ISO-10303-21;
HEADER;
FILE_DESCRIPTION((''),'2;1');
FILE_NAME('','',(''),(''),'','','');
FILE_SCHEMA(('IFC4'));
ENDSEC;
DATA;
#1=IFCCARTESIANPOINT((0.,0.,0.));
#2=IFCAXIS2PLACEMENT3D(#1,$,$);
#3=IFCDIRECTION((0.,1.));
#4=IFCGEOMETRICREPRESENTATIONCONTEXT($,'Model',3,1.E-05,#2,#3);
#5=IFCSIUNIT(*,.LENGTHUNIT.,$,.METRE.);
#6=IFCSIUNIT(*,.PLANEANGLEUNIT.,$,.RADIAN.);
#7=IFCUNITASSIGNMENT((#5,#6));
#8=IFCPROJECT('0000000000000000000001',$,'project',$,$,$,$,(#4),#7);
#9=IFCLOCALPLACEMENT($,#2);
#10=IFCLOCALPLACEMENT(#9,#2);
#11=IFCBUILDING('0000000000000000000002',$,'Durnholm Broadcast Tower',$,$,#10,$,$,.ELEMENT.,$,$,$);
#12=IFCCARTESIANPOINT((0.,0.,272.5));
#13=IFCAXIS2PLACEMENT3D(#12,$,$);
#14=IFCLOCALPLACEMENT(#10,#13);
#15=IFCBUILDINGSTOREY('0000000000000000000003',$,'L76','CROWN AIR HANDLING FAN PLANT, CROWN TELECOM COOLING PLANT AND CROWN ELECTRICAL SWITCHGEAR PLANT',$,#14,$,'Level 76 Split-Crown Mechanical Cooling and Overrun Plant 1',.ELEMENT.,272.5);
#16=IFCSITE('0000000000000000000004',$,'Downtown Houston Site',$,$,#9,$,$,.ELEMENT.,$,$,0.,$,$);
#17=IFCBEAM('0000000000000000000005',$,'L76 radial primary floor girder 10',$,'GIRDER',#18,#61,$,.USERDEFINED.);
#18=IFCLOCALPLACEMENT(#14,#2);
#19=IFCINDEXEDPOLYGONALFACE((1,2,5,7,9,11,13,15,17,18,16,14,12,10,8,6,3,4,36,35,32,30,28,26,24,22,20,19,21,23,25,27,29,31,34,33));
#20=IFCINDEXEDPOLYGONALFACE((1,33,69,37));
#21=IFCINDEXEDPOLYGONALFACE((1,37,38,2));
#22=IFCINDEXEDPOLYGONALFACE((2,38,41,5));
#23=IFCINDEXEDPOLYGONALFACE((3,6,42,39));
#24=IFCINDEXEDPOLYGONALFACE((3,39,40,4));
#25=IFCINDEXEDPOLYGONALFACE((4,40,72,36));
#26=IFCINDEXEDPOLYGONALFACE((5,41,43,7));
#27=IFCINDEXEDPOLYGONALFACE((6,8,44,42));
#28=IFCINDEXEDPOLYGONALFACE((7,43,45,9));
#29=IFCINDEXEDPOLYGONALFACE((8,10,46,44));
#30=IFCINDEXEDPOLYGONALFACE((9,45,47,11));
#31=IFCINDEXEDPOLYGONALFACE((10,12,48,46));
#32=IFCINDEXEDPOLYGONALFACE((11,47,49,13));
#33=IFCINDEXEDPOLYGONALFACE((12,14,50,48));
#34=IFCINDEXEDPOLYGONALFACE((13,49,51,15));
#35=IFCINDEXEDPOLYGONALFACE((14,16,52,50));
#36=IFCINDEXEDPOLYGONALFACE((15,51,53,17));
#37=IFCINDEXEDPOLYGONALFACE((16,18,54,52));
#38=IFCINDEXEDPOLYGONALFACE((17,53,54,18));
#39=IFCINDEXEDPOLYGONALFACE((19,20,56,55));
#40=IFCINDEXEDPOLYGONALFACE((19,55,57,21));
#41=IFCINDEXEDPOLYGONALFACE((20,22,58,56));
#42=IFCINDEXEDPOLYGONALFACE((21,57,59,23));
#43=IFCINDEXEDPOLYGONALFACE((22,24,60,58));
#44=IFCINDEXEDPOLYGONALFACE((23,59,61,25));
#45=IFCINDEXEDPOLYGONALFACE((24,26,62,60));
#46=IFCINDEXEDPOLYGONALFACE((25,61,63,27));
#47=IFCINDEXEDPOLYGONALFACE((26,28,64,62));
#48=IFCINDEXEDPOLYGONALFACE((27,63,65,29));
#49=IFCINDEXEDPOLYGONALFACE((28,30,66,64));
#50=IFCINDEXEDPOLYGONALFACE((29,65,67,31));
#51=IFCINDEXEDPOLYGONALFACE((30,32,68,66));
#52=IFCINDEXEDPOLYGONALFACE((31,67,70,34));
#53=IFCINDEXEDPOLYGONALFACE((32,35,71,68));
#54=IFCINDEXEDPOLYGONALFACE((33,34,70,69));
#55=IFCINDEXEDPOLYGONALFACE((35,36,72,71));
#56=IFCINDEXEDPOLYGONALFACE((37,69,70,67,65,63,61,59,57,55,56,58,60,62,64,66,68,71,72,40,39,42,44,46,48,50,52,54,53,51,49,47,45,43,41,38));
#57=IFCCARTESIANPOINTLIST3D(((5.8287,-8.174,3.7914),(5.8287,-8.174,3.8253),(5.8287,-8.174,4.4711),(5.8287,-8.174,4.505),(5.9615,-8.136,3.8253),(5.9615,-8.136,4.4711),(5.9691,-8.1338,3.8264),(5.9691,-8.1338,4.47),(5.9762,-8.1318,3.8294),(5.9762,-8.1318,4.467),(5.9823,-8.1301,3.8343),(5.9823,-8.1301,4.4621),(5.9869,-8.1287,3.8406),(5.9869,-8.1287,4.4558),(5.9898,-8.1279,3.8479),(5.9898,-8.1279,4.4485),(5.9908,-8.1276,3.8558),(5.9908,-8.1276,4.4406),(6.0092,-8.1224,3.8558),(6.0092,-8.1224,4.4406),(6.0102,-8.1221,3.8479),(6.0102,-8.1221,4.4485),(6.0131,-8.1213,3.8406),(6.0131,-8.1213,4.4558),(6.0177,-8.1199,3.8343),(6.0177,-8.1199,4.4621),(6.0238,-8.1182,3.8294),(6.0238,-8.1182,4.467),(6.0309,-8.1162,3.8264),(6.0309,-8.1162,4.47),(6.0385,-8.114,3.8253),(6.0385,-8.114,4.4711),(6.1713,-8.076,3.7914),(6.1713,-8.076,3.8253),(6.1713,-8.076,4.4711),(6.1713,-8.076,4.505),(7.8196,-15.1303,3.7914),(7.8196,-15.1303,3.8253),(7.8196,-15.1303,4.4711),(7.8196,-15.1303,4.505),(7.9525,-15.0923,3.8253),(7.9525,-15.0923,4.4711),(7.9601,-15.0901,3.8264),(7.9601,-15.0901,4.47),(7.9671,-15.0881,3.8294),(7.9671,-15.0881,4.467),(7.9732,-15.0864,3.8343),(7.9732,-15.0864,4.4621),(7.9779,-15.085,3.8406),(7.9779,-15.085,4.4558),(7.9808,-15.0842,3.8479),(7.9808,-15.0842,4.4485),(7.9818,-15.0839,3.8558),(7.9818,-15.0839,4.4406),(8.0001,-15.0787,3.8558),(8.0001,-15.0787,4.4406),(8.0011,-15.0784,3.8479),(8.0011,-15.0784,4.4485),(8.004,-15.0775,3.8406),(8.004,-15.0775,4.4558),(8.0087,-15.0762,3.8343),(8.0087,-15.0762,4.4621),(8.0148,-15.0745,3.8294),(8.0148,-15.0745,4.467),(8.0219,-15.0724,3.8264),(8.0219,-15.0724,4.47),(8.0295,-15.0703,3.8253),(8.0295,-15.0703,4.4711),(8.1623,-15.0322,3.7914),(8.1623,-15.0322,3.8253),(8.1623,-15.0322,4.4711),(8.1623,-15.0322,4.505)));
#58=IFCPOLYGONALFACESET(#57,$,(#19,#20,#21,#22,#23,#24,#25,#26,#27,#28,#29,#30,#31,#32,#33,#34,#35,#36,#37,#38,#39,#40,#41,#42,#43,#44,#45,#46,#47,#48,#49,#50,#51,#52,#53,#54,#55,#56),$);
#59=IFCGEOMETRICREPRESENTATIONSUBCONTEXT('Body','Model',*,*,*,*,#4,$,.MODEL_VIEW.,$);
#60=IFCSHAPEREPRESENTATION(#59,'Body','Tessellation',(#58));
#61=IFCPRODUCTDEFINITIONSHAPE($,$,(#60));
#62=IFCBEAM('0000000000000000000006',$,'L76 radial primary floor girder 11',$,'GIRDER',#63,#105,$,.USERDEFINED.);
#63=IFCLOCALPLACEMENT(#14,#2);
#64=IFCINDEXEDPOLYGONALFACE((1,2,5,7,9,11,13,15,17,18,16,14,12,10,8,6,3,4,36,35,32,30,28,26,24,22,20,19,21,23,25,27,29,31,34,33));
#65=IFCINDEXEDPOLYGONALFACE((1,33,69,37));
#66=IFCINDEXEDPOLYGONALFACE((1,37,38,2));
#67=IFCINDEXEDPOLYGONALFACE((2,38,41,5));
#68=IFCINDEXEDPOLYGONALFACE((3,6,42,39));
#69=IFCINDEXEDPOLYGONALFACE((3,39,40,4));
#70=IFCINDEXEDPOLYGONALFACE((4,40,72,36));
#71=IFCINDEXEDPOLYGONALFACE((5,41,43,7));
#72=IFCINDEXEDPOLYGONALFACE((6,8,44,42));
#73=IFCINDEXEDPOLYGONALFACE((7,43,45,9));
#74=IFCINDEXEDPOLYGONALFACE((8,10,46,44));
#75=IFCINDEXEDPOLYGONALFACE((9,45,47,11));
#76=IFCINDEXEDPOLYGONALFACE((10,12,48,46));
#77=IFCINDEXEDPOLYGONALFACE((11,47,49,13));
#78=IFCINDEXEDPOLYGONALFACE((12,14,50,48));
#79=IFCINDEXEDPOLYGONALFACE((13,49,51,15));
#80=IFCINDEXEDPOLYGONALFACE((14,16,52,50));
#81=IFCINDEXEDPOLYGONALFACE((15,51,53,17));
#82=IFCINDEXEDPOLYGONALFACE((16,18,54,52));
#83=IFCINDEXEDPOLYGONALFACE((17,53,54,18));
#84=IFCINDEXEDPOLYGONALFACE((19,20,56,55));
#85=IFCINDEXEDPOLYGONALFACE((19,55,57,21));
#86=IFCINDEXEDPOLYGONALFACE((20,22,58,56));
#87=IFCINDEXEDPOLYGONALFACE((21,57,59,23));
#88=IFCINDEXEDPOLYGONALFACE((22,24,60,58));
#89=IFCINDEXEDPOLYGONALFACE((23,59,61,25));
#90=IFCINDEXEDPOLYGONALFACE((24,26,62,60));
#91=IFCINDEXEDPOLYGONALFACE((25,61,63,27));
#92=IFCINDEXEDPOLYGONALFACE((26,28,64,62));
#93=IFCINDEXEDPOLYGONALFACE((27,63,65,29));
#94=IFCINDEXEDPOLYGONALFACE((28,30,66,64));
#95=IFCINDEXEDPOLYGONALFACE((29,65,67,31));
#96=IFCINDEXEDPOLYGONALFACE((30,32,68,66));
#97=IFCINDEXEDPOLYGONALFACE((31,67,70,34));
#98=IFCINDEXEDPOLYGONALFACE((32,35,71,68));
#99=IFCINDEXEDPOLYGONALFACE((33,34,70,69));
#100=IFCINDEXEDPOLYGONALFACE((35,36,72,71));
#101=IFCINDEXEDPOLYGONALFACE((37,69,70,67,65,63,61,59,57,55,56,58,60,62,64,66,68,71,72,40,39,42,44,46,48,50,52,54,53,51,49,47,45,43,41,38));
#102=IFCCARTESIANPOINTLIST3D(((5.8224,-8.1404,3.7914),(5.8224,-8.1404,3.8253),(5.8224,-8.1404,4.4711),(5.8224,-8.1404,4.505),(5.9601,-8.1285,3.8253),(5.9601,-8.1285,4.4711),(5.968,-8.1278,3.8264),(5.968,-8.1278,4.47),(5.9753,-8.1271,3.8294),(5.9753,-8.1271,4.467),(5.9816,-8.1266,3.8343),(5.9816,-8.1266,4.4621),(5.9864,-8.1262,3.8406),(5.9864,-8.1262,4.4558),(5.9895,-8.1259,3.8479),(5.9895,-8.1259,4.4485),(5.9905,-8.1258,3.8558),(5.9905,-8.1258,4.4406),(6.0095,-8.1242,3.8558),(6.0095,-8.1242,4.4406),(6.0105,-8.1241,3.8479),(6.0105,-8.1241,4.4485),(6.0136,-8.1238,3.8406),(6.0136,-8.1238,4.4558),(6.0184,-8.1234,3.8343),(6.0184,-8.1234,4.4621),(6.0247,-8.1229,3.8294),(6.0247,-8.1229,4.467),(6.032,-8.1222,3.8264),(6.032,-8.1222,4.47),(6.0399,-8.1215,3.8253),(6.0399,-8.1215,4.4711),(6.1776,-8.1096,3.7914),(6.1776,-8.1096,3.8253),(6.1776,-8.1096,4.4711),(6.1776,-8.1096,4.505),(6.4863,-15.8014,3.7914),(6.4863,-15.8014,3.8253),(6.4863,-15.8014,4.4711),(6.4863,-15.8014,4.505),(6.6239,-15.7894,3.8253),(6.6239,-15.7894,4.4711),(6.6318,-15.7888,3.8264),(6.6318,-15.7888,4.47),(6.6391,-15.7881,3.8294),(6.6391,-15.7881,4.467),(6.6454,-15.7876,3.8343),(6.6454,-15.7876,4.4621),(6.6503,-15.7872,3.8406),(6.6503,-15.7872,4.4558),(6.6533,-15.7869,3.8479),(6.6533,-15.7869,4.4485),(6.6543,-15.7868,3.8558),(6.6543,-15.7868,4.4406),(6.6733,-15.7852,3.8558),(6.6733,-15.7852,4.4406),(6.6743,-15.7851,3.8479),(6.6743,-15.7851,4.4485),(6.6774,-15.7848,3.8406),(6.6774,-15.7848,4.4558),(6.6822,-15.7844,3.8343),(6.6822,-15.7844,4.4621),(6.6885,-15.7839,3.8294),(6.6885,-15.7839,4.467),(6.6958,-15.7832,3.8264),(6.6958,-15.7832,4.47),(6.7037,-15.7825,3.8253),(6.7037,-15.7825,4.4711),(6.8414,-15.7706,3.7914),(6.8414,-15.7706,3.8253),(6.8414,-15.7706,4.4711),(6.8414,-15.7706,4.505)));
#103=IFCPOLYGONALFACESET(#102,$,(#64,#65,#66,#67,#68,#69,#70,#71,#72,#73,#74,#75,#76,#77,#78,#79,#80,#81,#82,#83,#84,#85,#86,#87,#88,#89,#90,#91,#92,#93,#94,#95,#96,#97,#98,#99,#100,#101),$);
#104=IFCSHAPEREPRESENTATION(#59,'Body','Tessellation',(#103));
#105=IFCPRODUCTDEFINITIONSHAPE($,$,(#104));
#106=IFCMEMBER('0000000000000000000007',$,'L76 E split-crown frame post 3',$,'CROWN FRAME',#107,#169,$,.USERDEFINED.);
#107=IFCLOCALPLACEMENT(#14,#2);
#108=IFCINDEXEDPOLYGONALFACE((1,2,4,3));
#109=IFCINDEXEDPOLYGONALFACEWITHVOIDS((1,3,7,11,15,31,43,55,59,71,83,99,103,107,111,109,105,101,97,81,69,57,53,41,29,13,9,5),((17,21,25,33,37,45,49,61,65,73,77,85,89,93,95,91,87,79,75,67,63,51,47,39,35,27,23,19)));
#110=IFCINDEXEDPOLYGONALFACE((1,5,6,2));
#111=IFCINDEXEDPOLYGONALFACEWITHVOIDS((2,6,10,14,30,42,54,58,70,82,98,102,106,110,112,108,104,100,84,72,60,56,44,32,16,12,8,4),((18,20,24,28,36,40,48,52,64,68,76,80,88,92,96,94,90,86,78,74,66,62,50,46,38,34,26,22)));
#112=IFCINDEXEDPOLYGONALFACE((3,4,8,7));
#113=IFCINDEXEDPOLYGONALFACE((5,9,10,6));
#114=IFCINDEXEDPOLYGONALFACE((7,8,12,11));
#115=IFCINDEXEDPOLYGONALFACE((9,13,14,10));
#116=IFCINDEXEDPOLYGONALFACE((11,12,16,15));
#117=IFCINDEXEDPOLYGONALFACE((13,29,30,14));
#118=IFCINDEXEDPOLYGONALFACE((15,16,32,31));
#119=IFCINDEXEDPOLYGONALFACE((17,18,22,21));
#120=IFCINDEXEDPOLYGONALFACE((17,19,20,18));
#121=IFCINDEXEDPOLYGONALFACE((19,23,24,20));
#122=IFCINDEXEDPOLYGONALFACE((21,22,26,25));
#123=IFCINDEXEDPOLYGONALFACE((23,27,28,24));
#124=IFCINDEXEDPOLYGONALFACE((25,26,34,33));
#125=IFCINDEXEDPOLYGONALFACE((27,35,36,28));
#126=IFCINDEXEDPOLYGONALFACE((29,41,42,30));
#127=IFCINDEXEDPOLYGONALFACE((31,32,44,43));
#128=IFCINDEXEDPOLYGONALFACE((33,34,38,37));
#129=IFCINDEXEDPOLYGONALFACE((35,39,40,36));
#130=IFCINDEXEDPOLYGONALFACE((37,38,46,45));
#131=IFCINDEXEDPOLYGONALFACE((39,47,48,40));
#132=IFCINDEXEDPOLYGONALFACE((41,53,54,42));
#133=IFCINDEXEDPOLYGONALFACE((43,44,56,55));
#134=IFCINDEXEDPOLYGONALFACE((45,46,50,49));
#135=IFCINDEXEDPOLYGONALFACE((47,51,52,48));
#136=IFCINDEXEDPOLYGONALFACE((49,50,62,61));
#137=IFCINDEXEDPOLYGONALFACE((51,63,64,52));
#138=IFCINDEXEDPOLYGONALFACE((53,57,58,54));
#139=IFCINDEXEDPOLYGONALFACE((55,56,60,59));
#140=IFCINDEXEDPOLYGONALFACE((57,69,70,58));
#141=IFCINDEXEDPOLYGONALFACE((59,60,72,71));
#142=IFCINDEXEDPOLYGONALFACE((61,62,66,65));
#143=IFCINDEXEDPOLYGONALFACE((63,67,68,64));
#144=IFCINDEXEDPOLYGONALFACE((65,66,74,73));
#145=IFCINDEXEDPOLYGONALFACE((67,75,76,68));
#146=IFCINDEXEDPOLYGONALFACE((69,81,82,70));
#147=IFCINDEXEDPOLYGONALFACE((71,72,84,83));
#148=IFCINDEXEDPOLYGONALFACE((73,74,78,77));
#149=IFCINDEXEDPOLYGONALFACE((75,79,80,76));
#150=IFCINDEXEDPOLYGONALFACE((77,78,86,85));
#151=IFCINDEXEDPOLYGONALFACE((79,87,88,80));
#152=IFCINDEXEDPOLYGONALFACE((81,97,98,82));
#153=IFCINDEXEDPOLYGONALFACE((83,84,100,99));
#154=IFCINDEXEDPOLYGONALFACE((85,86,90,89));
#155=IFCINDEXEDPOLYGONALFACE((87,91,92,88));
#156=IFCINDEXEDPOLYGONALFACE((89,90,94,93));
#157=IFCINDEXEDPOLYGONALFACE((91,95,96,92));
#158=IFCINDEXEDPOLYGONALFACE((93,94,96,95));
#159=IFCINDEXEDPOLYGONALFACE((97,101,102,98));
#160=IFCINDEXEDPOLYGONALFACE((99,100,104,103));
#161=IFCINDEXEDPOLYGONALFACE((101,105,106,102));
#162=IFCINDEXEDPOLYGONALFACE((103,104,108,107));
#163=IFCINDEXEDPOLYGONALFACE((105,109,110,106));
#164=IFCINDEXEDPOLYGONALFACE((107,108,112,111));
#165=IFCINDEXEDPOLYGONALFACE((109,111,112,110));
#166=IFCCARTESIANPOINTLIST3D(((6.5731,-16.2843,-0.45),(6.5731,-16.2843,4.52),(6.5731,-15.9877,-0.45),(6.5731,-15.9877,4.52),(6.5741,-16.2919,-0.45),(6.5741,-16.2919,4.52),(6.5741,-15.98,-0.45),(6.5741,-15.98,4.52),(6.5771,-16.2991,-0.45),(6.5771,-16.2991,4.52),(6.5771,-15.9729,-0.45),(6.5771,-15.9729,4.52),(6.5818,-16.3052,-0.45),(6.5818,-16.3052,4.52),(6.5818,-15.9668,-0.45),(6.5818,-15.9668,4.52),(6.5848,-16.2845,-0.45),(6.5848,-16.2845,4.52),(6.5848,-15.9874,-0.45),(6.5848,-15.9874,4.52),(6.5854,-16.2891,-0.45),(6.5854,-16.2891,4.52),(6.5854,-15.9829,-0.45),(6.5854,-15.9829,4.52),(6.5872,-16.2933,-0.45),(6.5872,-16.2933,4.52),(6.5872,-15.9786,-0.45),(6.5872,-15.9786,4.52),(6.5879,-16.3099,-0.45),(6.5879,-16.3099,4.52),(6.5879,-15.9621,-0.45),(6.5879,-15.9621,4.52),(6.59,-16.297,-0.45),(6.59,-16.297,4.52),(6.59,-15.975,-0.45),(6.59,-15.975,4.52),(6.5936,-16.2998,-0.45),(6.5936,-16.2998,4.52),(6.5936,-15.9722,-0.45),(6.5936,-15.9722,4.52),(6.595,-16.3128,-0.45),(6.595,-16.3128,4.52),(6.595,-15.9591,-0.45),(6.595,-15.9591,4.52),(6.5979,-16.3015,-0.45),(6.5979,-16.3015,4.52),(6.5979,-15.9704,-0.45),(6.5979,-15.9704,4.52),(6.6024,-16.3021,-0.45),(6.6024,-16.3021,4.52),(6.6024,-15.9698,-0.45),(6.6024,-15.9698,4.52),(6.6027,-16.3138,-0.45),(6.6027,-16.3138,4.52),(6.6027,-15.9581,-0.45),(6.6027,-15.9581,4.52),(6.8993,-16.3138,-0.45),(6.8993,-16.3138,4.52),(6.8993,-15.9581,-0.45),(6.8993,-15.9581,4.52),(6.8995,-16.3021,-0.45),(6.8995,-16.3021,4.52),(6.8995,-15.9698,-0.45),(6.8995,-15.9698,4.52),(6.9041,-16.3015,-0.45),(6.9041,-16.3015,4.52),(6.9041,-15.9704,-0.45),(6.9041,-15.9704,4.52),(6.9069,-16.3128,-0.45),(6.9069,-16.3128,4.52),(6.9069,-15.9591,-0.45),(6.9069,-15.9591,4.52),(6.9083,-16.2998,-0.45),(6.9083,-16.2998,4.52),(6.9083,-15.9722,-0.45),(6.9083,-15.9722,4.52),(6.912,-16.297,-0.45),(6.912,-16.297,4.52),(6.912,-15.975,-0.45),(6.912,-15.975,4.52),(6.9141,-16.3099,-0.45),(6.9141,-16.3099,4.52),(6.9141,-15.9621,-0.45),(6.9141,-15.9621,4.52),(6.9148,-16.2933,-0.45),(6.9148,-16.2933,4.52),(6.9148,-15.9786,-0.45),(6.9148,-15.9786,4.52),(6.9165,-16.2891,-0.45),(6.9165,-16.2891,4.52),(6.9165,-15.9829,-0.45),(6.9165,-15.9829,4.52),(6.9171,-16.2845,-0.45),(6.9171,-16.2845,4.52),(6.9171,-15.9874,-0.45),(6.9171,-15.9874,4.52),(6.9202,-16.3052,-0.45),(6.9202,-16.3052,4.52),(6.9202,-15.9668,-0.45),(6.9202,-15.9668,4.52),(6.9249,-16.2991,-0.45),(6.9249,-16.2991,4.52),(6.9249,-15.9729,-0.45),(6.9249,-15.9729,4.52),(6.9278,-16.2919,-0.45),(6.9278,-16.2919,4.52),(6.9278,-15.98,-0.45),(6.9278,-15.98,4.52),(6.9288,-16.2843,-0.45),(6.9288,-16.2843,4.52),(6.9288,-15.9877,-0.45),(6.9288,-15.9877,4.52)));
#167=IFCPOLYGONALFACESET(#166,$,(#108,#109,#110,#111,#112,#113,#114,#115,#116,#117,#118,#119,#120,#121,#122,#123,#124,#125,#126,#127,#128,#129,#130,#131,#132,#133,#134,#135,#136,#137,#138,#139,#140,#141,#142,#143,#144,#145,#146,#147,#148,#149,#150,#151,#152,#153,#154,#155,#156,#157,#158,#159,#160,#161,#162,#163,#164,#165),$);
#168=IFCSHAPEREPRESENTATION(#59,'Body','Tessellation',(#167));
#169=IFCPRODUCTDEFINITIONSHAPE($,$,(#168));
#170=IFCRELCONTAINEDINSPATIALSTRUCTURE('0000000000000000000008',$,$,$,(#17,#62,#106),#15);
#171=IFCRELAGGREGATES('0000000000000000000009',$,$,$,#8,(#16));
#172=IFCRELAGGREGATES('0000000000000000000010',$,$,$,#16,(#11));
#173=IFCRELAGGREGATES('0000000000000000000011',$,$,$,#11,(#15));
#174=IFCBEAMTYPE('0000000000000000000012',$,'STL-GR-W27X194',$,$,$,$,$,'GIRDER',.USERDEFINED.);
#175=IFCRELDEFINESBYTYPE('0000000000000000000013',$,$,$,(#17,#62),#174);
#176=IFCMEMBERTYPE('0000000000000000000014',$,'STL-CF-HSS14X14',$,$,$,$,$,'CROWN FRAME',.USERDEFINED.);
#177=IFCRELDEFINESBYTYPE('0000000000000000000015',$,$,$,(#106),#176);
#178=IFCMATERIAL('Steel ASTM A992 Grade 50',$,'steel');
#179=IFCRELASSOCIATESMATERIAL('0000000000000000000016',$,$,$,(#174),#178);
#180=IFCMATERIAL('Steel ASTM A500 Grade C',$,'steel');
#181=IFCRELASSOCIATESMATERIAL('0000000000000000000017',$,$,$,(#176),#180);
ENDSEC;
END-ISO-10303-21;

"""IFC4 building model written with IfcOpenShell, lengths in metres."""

from ifc_helpers import new_model, si_unit, direction, frame, origin, origin_2d, place, context, subcontext, project, spatial, hollow_rectangle, i_section, extrude, source, transform, mapped, material, material_profile, profile_set, type_object, type_shapes, element, save


model = new_model("IFC4")

# Units and contexts
model_context = context("Model", 3, precision=1e-05, world=origin(), true_north=direction((0.0, 1.0)))
body_context = subcontext(model_context, "Body", "Model", "MODEL_VIEW")
ifc_project = project(units=[si_unit("LENGTHUNIT", "METRE"), si_unit("PLANEANGLEUNIT", "RADIAN")], contexts=[model_context])

# Site, building, storey
site_placement = place(None, origin())
site = spatial("IfcSite", under=ifc_project, at=site_placement, Name="Downtown Houston Site", CompositionType="ELEMENT", RefElevation=0.0)
building_placement = place(site_placement, origin())
building = spatial("IfcBuilding", under=site, at=building_placement, Name="Durnholm Broadcast Tower", CompositionType="ELEMENT")
storey_placement = place(building_placement, frame((0.0, 0.0, 272.5)))
storey = spatial("IfcBuildingStorey", under=building, at=storey_placement, Name="L76", Description="CROWN AIR HANDLING FAN PLANT, CROWN TELECOM COOLING PLANT AND CROWN ELECTRICAL SWITCHGEAR PLANT", LongName="Level 76 Split-Crown Mechanical Cooling and Overrun Plant 1", CompositionType="ELEMENT", Elevation=272.5)

# Shared definitions
ifc_material_1 = material(Name="Steel ASTM A500 Grade C", Category="steel")

# Beams
ifc_material_2 = material(Name="Steel ASTM A992 Grade 50", Category="steel")
ifc_material_profile_1 = material_profile(ifc_material_2, i_section(OverallWidth=0.3564, OverallDepth=0.7136, WebThickness=0.019, FlangeThickness=0.0339, FilletRadius=0.0305, at=origin_2d()), Name="W27X194")
ifc_profile_set_1 = profile_set([ifc_material_profile_1], Name="Steel ASTM A992 Grade 50")
beam_type_1 = type_object("IfcBeamType", Name="STL-GR-W27X194", ElementType="GIRDER", PredefinedType="USERDEFINED", material=ifc_profile_set_1)
shared_shape_1 = source(origin(), body_context, "Body", "SweptSolid", [
    extrude(i_section(OverallWidth=0.3564, OverallDepth=0.7136, WebThickness=0.019, FlangeThickness=0.0339, FilletRadius=0.0305, at=origin_2d()), origin(), (0.0, 0.0, 1.0), 7.2356),
])
beam_1_placement = place(storey_placement, frame((6.0, -8.125, 4.1482), z_axis=(0.275162, -0.961398, 0.0), x_axis=(0.961398, 0.275162, 0.0)))
element("IfcBeam", 1, at=beam_1_placement, inside=storey, type_object=beam_type_1, Name="L76 radial primary floor girder 10", ObjectType="GIRDER", PredefinedType="USERDEFINED", context=body_context, shape_type="MappedRepresentation", body=[
    mapped(shared_shape_1, transform((0.0, 0.0, 0.0), x_axis=(1.0, 0.0, 0.0), y_axis=(0.0, 1.0, 0.0), z_axis=(0.0, 0.0, 1.0), scale=1.0)),
])
shared_shape_2 = source(origin(), body_context, "Body", "SweptSolid", [
    extrude(i_section(OverallWidth=0.3564, OverallDepth=0.7136, WebThickness=0.019, FlangeThickness=0.0339, FilletRadius=0.0305, at=origin_2d()), origin(), (0.0, 0.0, 1.0), 7.6897),
])
type_shapes(beam_type_1, [shared_shape_1, shared_shape_2])
beam_2_placement = place(storey_placement, frame((6.0, -8.125, 4.1482), z_axis=(0.086327, -0.996267, 0.0), x_axis=(0.996267, 0.086327, 0.0)))
element("IfcBeam", 2, at=beam_2_placement, inside=storey, type_object=beam_type_1, Name="L76 radial primary floor girder 11", ObjectType="GIRDER", PredefinedType="USERDEFINED", context=body_context, shape_type="MappedRepresentation", body=[
    mapped(shared_shape_2, transform((0.0, 0.0, 0.0), x_axis=(1.0, 0.0, 0.0), y_axis=(0.0, 1.0, 0.0), z_axis=(0.0, 0.0, 1.0), scale=1.0)),
])

# Member
ifc_material_profile_2 = material_profile(ifc_material_1, hollow_rectangle(XDim=0.3557, YDim=0.3557, WallThickness=0.0117, InnerFilletRadius=0.0176, OuterFilletRadius=0.0295, at=origin_2d()), Name="HSS14X14X1/2")
ifc_profile_set_2 = profile_set([ifc_material_profile_2], Name="Steel ASTM A500 Grade C")
member_type_1 = type_object("IfcMemberType", Name="STL-CF-HSS14X14", ElementType="CROWN FRAME", PredefinedType="USERDEFINED", material=ifc_profile_set_2)
shared_shape_3 = source(origin(), body_context, "Body", "SweptSolid", [
    extrude(hollow_rectangle(XDim=0.3557, YDim=0.3557, WallThickness=0.0117, InnerFilletRadius=0.0176, OuterFilletRadius=0.0295, at=origin_2d()), origin(), (0.0, 0.0, 1.0), 4.97),
])
type_shapes(member_type_1, [shared_shape_3])
member_placement = place(storey_placement, frame((6.751, -16.136, -0.45), z_axis=(0.0, 0.0, 1.0), x_axis=(1.0, 0.0, 0.0)))
element("IfcMember", 3, at=member_placement, inside=storey, type_object=member_type_1, Name="L76 E split-crown frame post 3", ObjectType="CROWN FRAME", PredefinedType="USERDEFINED", context=body_context, shape_type="MappedRepresentation", body=[
    mapped(shared_shape_3, transform((0.0, 0.0, 0.0), x_axis=(1.0, 0.0, 0.0), y_axis=(0.0, 1.0, 0.0), z_axis=(0.0, 0.0, 1.0), scale=1.0)),
])

save(model, "model.ifc")
